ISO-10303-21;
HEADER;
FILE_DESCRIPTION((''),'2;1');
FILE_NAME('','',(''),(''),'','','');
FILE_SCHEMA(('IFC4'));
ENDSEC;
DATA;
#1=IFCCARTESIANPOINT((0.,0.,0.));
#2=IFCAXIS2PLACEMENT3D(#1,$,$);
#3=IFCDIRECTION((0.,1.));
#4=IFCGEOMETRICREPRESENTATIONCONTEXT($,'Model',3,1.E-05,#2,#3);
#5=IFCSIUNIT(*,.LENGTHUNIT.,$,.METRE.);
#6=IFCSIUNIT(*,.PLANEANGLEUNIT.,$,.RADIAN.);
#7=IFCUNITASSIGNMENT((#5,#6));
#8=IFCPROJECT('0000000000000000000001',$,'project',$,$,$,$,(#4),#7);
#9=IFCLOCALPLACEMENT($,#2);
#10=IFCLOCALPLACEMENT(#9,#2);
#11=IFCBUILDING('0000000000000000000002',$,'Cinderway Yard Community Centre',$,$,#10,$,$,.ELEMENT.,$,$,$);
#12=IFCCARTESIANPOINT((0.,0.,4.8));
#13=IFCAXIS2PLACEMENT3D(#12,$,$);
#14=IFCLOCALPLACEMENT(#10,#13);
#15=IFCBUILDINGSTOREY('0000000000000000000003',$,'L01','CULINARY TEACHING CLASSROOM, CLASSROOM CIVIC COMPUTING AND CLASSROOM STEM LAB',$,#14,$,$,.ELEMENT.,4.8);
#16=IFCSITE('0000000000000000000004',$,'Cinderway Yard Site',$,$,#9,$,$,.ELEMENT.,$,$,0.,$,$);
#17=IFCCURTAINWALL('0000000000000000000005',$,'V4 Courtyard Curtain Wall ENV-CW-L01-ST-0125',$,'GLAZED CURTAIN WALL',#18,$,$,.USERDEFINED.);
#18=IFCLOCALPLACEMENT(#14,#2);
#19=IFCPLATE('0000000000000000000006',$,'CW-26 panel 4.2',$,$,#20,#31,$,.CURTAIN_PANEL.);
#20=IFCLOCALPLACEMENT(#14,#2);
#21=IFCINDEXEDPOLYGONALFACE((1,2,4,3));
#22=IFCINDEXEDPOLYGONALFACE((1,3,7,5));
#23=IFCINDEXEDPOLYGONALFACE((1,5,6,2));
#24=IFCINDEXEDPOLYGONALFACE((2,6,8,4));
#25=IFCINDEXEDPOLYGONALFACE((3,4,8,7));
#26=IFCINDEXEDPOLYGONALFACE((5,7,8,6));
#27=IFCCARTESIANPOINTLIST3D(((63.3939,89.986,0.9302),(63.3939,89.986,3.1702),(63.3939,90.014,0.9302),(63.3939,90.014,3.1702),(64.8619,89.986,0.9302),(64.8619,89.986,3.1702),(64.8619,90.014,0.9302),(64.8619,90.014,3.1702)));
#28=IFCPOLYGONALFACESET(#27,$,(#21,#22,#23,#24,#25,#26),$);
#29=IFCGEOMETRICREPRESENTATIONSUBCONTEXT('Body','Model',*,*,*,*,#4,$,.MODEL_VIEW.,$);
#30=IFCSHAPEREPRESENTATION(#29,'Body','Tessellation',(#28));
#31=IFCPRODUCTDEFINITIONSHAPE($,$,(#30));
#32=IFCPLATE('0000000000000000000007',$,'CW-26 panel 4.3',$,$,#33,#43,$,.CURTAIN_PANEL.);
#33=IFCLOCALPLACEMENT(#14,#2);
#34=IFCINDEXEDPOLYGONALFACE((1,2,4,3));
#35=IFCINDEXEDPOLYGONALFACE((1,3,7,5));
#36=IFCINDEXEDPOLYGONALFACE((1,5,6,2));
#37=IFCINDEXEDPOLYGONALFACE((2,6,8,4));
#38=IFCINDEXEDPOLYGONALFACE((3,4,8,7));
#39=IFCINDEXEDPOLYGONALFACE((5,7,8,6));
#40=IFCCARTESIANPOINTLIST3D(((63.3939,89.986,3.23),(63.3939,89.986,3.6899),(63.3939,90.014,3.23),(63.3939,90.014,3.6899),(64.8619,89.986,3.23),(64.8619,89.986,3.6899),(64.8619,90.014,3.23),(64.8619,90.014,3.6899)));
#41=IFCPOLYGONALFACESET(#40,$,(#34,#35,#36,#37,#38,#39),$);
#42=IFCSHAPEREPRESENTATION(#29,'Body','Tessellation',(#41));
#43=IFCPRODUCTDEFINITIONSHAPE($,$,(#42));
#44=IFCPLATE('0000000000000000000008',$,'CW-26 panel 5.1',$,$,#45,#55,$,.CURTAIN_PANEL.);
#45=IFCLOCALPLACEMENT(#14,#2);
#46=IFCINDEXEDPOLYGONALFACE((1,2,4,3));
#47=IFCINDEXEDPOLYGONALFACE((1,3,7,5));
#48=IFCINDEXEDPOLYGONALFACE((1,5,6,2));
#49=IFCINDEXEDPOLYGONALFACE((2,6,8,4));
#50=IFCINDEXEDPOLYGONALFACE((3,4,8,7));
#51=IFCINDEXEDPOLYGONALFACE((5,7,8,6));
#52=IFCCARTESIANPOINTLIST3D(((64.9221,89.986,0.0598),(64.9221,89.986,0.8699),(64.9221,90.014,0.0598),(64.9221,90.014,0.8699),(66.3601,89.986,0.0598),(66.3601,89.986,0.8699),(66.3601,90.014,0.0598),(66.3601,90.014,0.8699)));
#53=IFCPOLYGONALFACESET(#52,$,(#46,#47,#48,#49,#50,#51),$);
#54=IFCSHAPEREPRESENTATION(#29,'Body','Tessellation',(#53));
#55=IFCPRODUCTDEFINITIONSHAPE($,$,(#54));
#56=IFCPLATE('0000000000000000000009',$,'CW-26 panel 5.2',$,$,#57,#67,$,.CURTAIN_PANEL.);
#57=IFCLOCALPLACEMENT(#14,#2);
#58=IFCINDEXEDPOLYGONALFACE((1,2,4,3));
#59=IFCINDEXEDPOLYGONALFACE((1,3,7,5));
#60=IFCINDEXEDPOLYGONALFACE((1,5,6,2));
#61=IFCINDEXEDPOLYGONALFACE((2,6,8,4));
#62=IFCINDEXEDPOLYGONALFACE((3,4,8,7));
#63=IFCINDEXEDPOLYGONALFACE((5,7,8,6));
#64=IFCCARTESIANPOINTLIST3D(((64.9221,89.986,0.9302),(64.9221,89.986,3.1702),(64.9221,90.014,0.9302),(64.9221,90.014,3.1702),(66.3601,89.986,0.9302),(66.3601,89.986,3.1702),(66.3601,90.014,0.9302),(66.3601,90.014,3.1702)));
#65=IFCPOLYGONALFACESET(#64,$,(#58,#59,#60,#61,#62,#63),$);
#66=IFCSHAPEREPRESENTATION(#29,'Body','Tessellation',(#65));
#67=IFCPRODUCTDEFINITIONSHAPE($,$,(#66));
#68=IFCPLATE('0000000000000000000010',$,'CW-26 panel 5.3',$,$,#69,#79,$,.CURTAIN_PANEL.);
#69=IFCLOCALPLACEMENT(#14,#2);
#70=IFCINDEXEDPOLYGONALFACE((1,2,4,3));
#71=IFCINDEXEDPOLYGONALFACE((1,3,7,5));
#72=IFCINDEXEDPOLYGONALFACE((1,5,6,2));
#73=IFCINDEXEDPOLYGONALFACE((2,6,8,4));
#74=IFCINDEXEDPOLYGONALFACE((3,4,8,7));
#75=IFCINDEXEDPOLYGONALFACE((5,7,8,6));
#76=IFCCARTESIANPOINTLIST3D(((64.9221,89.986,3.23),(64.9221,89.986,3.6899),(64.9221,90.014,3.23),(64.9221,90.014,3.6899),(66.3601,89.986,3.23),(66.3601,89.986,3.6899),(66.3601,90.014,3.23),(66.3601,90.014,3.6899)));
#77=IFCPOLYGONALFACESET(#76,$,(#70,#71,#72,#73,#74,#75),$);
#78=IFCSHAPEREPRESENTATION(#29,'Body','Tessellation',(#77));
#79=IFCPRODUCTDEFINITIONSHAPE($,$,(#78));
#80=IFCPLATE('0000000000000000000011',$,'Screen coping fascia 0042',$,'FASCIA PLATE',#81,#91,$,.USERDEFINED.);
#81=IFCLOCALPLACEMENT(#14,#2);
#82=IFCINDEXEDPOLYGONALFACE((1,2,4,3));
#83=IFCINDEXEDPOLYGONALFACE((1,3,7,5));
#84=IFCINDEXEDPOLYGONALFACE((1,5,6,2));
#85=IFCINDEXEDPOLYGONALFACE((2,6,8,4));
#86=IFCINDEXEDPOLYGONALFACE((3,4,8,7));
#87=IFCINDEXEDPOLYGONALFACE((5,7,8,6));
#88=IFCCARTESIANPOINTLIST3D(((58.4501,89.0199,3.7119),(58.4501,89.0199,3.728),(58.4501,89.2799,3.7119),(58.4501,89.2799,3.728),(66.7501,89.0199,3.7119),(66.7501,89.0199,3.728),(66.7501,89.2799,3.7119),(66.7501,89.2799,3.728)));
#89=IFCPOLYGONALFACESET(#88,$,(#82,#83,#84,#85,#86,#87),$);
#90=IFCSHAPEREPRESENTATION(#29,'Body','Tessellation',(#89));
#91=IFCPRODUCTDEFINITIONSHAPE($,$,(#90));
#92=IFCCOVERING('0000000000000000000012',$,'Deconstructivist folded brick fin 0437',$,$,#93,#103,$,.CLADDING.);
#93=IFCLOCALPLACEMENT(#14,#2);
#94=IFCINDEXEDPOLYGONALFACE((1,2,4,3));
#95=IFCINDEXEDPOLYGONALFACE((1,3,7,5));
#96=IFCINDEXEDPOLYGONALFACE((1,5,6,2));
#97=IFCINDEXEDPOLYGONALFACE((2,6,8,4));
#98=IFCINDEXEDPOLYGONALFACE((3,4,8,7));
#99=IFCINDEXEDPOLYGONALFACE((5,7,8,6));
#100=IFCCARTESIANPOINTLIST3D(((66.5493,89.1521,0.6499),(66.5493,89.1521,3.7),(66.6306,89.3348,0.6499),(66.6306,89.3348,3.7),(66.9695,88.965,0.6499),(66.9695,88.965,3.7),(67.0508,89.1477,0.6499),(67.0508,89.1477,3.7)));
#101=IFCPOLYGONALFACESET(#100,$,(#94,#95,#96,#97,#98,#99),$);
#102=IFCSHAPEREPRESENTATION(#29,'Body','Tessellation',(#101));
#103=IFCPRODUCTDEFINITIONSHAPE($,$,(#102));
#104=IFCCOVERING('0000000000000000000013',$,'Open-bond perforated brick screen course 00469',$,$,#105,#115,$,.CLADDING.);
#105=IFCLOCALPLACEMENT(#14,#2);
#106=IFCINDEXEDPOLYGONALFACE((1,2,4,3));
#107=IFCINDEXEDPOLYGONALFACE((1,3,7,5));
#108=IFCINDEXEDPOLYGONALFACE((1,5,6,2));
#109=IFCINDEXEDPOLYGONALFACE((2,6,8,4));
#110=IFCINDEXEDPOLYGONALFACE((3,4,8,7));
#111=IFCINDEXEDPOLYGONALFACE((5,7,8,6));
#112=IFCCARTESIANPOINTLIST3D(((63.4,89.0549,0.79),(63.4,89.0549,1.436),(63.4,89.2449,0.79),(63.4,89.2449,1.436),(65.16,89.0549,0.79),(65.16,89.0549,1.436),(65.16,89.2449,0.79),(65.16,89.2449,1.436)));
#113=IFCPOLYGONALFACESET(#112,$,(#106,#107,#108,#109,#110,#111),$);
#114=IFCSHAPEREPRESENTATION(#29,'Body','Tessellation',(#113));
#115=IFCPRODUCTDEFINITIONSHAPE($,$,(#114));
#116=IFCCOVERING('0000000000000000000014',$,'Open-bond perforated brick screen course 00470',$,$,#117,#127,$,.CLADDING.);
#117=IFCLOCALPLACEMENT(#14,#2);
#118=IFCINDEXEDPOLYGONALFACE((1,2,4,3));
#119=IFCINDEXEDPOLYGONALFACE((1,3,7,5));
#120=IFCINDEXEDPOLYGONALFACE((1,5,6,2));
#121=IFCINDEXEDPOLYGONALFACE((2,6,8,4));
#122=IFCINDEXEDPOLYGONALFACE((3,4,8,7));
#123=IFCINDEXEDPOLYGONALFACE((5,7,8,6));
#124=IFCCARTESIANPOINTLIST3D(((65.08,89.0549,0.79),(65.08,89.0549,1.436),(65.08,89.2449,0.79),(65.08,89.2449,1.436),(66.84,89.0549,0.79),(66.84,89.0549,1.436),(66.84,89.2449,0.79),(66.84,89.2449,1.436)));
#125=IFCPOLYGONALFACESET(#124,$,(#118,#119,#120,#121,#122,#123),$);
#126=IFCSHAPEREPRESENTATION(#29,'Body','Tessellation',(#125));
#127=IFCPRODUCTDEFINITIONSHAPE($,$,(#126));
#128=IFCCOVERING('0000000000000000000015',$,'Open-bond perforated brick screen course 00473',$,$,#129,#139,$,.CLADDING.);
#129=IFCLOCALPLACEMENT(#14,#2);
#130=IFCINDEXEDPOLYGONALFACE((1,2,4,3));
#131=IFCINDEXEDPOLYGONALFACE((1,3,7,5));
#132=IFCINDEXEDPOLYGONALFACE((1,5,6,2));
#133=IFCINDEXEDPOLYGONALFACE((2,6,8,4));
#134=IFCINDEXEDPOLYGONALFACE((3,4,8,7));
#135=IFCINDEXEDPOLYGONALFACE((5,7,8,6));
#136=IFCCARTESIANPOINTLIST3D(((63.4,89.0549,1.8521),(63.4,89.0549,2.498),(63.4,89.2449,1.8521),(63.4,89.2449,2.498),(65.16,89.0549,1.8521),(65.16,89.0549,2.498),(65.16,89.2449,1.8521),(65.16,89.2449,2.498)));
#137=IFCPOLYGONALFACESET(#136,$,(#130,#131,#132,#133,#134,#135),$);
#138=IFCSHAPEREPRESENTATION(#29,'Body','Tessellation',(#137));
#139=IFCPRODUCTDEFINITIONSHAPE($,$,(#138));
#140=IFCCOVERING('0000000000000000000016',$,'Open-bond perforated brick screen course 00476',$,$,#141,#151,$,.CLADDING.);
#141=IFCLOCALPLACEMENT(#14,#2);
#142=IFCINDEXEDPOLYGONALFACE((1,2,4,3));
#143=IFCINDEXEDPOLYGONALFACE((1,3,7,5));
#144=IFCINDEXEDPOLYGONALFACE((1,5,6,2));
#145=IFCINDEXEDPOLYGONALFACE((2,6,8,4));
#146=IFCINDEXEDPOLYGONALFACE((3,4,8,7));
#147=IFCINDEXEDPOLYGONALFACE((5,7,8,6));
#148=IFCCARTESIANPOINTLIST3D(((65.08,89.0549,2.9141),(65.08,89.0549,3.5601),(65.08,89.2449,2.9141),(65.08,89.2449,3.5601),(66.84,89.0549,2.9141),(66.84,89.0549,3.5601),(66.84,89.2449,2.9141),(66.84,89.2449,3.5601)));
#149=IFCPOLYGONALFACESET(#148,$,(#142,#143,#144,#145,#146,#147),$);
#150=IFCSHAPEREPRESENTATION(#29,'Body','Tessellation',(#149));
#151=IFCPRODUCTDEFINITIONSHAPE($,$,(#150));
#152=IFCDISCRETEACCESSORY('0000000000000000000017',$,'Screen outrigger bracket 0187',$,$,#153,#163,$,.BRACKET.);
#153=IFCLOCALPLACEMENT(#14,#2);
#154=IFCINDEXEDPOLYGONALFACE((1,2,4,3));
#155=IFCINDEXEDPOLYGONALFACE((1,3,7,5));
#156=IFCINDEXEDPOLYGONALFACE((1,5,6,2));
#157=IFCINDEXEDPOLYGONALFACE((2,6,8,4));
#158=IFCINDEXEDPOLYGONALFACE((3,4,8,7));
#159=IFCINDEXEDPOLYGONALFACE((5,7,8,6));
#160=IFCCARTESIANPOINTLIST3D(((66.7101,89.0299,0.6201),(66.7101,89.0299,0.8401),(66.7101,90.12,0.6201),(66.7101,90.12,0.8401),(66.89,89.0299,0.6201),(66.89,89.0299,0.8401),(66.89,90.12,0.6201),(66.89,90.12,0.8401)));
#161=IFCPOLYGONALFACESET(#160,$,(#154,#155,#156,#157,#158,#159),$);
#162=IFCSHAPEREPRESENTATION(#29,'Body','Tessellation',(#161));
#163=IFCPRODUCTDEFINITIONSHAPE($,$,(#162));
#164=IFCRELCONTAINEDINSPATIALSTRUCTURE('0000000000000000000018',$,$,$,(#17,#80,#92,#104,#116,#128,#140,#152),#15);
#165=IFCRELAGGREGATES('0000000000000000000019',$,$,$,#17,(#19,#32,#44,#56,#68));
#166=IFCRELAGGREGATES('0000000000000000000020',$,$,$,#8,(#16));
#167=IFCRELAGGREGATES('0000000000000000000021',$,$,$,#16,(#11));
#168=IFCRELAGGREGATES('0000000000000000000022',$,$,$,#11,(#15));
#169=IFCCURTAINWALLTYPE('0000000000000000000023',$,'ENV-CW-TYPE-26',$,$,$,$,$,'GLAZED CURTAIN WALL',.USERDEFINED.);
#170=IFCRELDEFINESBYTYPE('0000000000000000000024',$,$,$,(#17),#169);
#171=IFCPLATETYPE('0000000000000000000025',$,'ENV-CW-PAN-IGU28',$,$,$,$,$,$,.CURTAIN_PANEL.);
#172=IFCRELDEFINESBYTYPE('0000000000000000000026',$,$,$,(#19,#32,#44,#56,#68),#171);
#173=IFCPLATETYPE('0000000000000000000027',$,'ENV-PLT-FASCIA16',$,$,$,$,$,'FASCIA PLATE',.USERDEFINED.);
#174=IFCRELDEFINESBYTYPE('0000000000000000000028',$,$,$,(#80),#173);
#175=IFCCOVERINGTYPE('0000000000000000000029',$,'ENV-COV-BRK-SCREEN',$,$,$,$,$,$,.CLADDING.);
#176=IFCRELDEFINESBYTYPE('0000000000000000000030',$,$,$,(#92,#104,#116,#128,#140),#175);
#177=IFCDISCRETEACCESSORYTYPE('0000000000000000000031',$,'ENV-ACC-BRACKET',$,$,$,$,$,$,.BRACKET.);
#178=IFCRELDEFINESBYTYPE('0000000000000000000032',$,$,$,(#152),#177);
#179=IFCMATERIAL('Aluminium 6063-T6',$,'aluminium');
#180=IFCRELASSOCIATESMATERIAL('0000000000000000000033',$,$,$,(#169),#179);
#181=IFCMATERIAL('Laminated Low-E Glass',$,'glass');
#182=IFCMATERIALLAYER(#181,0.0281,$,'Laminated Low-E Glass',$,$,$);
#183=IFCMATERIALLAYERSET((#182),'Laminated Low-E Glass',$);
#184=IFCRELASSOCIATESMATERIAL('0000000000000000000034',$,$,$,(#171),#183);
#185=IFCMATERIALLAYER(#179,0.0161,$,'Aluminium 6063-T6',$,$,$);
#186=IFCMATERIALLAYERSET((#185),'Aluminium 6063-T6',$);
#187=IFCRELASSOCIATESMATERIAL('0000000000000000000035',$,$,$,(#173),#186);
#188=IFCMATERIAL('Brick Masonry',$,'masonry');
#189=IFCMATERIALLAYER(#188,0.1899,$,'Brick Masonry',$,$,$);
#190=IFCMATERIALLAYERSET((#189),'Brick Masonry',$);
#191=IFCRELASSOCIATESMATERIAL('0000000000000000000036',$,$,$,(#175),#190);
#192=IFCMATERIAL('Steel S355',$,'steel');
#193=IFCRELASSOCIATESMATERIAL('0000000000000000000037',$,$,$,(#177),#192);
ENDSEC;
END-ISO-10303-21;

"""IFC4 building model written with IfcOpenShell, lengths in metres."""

from ifc_helpers import new_model, si_unit, direction, frame, origin, origin_2d, place, context, subcontext, project, spatial, rectangle, extrude, material, layer, layer_set, type_object, element, aggregate, save


model = new_model("IFC4")

# Units and contexts
model_context = context("Model", 3, precision=1e-05, world=origin(), true_north=direction((0.0, 1.0)))
body_context = subcontext(model_context, "Body", "Model", "MODEL_VIEW")
ifc_project = project(units=[si_unit("LENGTHUNIT", "METRE"), si_unit("PLANEANGLEUNIT", "RADIAN")], contexts=[model_context])

# Site, building, storey
site_placement = place(None, origin())
site = spatial("IfcSite", under=ifc_project, at=site_placement, Name="Cinderway Yard Site", CompositionType="ELEMENT", RefElevation=0.0)
building_placement = place(site_placement, origin())
building = spatial("IfcBuilding", under=site, at=building_placement, Name="Cinderway Yard Community Centre", CompositionType="ELEMENT")
storey_placement = place(building_placement, frame((0.0, 0.0, 4.8)))
storey = spatial("IfcBuildingStorey", under=building, at=storey_placement, Name="L01", Description="CULINARY TEACHING CLASSROOM, CLASSROOM CIVIC COMPUTING AND CLASSROOM STEM LAB", CompositionType="ELEMENT", Elevation=4.8)

# Curtain wall
ifc_material_1 = material(Name="Aluminium 6063-T6", Category="aluminium")
curtain_wall_type = type_object("IfcCurtainWallType", Name="ENV-CW-TYPE-26", ElementType="GLAZED CURTAIN WALL", PredefinedType="USERDEFINED", material=ifc_material_1)
curtain_wall_placement = place(storey_placement, origin())
curtain_wall = element("IfcCurtainWall", 1, at=curtain_wall_placement, inside=storey, type_object=curtain_wall_type, Name="V4 Courtyard Curtain Wall ENV-CW-L01-ST-0125", ObjectType="GLAZED CURTAIN WALL", PredefinedType="USERDEFINED")

# Shared definitions
ifc_material_2 = material(Name="Steel S355", Category="steel")

# Plates
ifc_material_3 = material(Name="Laminated Low-E Glass", Category="glass")
ifc_layer_1 = layer(ifc_material_3, 0.0281, Name="Laminated Low-E Glass")
ifc_layer_set_1 = layer_set([ifc_layer_1], Name="Laminated Low-E Glass")
plate_type_1 = type_object("IfcPlateType", Name="ENV-CW-PAN-IGU28", PredefinedType="CURTAIN_PANEL", material=ifc_layer_set_1)
plate_1_placement = place(storey_placement, frame((64.1279, 90.0, 0.9302), z_axis=(0.0, 0.0, 1.0), x_axis=(1.0, 0.0, 0.0)))
plate_1 = element("IfcPlate", 2, at=plate_1_placement, type_object=plate_type_1, Name="CW-26 panel 4.2", PredefinedType="CURTAIN_PANEL", context=body_context, shape_type="SweptSolid", body=[
    extrude(rectangle(XDim=1.468, YDim=0.0281, at=origin_2d()), origin(), (0.0, 0.0, 1.0), 2.24),
])
plate_2_placement = place(storey_placement, frame((64.1279, 90.0, 3.23), z_axis=(0.0, 0.0, 1.0), x_axis=(1.0, 0.0, 0.0)))
plate_2 = element("IfcPlate", 3, at=plate_2_placement, type_object=plate_type_1, Name="CW-26 panel 4.3", PredefinedType="CURTAIN_PANEL", context=body_context, shape_type="SweptSolid", body=[
    extrude(rectangle(XDim=1.468, YDim=0.0281, at=origin_2d()), origin(), (0.0, 0.0, 1.0), 0.46),
])
plate_3_placement = place(storey_placement, frame((65.6411, 90.0, 0.0598), z_axis=(0.0, 0.0, 1.0), x_axis=(1.0, 0.0, 0.0)))
plate_3 = element("IfcPlate", 4, at=plate_3_placement, type_object=plate_type_1, Name="CW-26 panel 5.1", PredefinedType="CURTAIN_PANEL", context=body_context, shape_type="SweptSolid", body=[
    extrude(rectangle(XDim=1.438, YDim=0.0281, at=origin_2d()), origin(), (0.0, 0.0, 1.0), 0.8101),
])
plate_4_placement = place(storey_placement, frame((65.6411, 90.0, 0.9302), z_axis=(0.0, 0.0, 1.0), x_axis=(1.0, 0.0, 0.0)))
plate_4 = element("IfcPlate", 5, at=plate_4_placement, type_object=plate_type_1, Name="CW-26 panel 5.2", PredefinedType="CURTAIN_PANEL", context=body_context, shape_type="SweptSolid", body=[
    extrude(rectangle(XDim=1.438, YDim=0.0281, at=origin_2d()), origin(), (0.0, 0.0, 1.0), 2.24),
])
plate_5_placement = place(storey_placement, frame((65.6411, 90.0, 3.23), z_axis=(0.0, 0.0, 1.0), x_axis=(1.0, 0.0, 0.0)))
plate_5 = element("IfcPlate", 6, at=plate_5_placement, type_object=plate_type_1, Name="CW-26 panel 5.3", PredefinedType="CURTAIN_PANEL", context=body_context, shape_type="SweptSolid", body=[
    extrude(rectangle(XDim=1.438, YDim=0.0281, at=origin_2d()), origin(), (0.0, 0.0, 1.0), 0.46),
])
aggregate(curtain_wall, [plate_1, plate_2, plate_3, plate_4, plate_5])
ifc_layer_2 = layer(ifc_material_1, 0.0161, Name="Aluminium 6063-T6")
ifc_layer_set_2 = layer_set([ifc_layer_2], Name="Aluminium 6063-T6")
plate_type_2 = type_object("IfcPlateType", Name="ENV-PLT-FASCIA16", ElementType="FASCIA PLATE", PredefinedType="USERDEFINED", material=ifc_layer_set_2)
plate_6_placement = place(storey_placement, frame((62.6001, 89.1499, 3.7119), z_axis=(0.0, 0.0, 1.0), x_axis=(-1.0, 0.0, 0.0)))
element("IfcPlate", 7, at=plate_6_placement, inside=storey, type_object=plate_type_2, Name="Screen coping fascia 0042", ObjectType="FASCIA PLATE", PredefinedType="USERDEFINED", context=body_context, shape_type="SweptSolid", body=[
    extrude(rectangle(XDim=8.3, YDim=0.26, at=origin_2d()), origin(), (0.0, 0.0, 1.0), 0.0161),
])

# Coverings
ifc_material_4 = material(Name="Brick Masonry", Category="masonry")
ifc_layer_3 = layer(ifc_material_4, 0.1899, Name="Brick Masonry")
ifc_layer_set_3 = layer_set([ifc_layer_3], Name="Brick Masonry")
covering_type = type_object("IfcCoveringType", Name="ENV-COV-BRK-SCREEN", PredefinedType="CLADDING", material=ifc_layer_set_3)
covering_placement = place(storey_placement, frame((66.8, 89.1499, 0.6499), z_axis=(0.0, 0.0, 1.0), x_axis=(-0.913545, 0.406737, 0.0)))
element("IfcCovering", 8, at=covering_placement, inside=storey, type_object=covering_type, Name="Deconstructivist folded brick fin 0437", PredefinedType="CLADDING", context=body_context, shape_type="SweptSolid", body=[
    extrude(rectangle(XDim=0.46, YDim=0.2, at=origin_2d()), origin(), (0.0, 0.0, 1.0), 3.05),
])
for number, where, z_axis, x_axis, name in (
    (9, (64.28, 89.1499, 0.79), (0.0, 0.0, 1.0), (-1.0, 0.0, 0.0), "Open-bond perforated brick screen course 00469"),
    (10, (65.96, 89.1499, 0.79), (0.0, 0.0, 1.0), (-1.0, 0.0, 0.0), "Open-bond perforated brick screen course 00470"),
    (11, (64.28, 89.1499, 1.8521), (0.0, 0.0, 1.0), (-1.0, 0.0, 0.0), "Open-bond perforated brick screen course 00473"),
    (12, (65.96, 89.1499, 2.9141), (0.0, 0.0, 1.0), (-1.0, 0.0, 0.0), "Open-bond perforated brick screen course 00476"),
):
    element("IfcCovering", number, at=place(storey_placement, frame(where, z_axis=z_axis, x_axis=x_axis)), inside=storey, type_object=covering_type, Name=name, PredefinedType="CLADDING", context=body_context, shape_type="SweptSolid", body=[
        extrude(rectangle(XDim=1.76, YDim=0.1899, at=origin_2d()), origin(), (0.0, 0.0, 1.0), 0.646),
    ])

# Discrete accessory
discrete_accessory_type = type_object("IfcDiscreteAccessoryType", Name="ENV-ACC-BRACKET", PredefinedType="BRACKET", material=ifc_material_2)
discrete_accessory_placement = place(storey_placement, frame((66.8, 89.575, 0.6201), z_axis=(0.0, 0.0, 1.0), x_axis=(0.0, -1.0, 0.0)))
element("IfcDiscreteAccessory", 13, at=discrete_accessory_placement, inside=storey, type_object=discrete_accessory_type, Name="Screen outrigger bracket 0187", PredefinedType="BRACKET", context=body_context, shape_type="SweptSolid", body=[
    extrude(rectangle(XDim=1.0901, YDim=0.1799, at=origin_2d()), origin(), (0.0, 0.0, 1.0), 0.22),
])

save(model, "model.ifc")
